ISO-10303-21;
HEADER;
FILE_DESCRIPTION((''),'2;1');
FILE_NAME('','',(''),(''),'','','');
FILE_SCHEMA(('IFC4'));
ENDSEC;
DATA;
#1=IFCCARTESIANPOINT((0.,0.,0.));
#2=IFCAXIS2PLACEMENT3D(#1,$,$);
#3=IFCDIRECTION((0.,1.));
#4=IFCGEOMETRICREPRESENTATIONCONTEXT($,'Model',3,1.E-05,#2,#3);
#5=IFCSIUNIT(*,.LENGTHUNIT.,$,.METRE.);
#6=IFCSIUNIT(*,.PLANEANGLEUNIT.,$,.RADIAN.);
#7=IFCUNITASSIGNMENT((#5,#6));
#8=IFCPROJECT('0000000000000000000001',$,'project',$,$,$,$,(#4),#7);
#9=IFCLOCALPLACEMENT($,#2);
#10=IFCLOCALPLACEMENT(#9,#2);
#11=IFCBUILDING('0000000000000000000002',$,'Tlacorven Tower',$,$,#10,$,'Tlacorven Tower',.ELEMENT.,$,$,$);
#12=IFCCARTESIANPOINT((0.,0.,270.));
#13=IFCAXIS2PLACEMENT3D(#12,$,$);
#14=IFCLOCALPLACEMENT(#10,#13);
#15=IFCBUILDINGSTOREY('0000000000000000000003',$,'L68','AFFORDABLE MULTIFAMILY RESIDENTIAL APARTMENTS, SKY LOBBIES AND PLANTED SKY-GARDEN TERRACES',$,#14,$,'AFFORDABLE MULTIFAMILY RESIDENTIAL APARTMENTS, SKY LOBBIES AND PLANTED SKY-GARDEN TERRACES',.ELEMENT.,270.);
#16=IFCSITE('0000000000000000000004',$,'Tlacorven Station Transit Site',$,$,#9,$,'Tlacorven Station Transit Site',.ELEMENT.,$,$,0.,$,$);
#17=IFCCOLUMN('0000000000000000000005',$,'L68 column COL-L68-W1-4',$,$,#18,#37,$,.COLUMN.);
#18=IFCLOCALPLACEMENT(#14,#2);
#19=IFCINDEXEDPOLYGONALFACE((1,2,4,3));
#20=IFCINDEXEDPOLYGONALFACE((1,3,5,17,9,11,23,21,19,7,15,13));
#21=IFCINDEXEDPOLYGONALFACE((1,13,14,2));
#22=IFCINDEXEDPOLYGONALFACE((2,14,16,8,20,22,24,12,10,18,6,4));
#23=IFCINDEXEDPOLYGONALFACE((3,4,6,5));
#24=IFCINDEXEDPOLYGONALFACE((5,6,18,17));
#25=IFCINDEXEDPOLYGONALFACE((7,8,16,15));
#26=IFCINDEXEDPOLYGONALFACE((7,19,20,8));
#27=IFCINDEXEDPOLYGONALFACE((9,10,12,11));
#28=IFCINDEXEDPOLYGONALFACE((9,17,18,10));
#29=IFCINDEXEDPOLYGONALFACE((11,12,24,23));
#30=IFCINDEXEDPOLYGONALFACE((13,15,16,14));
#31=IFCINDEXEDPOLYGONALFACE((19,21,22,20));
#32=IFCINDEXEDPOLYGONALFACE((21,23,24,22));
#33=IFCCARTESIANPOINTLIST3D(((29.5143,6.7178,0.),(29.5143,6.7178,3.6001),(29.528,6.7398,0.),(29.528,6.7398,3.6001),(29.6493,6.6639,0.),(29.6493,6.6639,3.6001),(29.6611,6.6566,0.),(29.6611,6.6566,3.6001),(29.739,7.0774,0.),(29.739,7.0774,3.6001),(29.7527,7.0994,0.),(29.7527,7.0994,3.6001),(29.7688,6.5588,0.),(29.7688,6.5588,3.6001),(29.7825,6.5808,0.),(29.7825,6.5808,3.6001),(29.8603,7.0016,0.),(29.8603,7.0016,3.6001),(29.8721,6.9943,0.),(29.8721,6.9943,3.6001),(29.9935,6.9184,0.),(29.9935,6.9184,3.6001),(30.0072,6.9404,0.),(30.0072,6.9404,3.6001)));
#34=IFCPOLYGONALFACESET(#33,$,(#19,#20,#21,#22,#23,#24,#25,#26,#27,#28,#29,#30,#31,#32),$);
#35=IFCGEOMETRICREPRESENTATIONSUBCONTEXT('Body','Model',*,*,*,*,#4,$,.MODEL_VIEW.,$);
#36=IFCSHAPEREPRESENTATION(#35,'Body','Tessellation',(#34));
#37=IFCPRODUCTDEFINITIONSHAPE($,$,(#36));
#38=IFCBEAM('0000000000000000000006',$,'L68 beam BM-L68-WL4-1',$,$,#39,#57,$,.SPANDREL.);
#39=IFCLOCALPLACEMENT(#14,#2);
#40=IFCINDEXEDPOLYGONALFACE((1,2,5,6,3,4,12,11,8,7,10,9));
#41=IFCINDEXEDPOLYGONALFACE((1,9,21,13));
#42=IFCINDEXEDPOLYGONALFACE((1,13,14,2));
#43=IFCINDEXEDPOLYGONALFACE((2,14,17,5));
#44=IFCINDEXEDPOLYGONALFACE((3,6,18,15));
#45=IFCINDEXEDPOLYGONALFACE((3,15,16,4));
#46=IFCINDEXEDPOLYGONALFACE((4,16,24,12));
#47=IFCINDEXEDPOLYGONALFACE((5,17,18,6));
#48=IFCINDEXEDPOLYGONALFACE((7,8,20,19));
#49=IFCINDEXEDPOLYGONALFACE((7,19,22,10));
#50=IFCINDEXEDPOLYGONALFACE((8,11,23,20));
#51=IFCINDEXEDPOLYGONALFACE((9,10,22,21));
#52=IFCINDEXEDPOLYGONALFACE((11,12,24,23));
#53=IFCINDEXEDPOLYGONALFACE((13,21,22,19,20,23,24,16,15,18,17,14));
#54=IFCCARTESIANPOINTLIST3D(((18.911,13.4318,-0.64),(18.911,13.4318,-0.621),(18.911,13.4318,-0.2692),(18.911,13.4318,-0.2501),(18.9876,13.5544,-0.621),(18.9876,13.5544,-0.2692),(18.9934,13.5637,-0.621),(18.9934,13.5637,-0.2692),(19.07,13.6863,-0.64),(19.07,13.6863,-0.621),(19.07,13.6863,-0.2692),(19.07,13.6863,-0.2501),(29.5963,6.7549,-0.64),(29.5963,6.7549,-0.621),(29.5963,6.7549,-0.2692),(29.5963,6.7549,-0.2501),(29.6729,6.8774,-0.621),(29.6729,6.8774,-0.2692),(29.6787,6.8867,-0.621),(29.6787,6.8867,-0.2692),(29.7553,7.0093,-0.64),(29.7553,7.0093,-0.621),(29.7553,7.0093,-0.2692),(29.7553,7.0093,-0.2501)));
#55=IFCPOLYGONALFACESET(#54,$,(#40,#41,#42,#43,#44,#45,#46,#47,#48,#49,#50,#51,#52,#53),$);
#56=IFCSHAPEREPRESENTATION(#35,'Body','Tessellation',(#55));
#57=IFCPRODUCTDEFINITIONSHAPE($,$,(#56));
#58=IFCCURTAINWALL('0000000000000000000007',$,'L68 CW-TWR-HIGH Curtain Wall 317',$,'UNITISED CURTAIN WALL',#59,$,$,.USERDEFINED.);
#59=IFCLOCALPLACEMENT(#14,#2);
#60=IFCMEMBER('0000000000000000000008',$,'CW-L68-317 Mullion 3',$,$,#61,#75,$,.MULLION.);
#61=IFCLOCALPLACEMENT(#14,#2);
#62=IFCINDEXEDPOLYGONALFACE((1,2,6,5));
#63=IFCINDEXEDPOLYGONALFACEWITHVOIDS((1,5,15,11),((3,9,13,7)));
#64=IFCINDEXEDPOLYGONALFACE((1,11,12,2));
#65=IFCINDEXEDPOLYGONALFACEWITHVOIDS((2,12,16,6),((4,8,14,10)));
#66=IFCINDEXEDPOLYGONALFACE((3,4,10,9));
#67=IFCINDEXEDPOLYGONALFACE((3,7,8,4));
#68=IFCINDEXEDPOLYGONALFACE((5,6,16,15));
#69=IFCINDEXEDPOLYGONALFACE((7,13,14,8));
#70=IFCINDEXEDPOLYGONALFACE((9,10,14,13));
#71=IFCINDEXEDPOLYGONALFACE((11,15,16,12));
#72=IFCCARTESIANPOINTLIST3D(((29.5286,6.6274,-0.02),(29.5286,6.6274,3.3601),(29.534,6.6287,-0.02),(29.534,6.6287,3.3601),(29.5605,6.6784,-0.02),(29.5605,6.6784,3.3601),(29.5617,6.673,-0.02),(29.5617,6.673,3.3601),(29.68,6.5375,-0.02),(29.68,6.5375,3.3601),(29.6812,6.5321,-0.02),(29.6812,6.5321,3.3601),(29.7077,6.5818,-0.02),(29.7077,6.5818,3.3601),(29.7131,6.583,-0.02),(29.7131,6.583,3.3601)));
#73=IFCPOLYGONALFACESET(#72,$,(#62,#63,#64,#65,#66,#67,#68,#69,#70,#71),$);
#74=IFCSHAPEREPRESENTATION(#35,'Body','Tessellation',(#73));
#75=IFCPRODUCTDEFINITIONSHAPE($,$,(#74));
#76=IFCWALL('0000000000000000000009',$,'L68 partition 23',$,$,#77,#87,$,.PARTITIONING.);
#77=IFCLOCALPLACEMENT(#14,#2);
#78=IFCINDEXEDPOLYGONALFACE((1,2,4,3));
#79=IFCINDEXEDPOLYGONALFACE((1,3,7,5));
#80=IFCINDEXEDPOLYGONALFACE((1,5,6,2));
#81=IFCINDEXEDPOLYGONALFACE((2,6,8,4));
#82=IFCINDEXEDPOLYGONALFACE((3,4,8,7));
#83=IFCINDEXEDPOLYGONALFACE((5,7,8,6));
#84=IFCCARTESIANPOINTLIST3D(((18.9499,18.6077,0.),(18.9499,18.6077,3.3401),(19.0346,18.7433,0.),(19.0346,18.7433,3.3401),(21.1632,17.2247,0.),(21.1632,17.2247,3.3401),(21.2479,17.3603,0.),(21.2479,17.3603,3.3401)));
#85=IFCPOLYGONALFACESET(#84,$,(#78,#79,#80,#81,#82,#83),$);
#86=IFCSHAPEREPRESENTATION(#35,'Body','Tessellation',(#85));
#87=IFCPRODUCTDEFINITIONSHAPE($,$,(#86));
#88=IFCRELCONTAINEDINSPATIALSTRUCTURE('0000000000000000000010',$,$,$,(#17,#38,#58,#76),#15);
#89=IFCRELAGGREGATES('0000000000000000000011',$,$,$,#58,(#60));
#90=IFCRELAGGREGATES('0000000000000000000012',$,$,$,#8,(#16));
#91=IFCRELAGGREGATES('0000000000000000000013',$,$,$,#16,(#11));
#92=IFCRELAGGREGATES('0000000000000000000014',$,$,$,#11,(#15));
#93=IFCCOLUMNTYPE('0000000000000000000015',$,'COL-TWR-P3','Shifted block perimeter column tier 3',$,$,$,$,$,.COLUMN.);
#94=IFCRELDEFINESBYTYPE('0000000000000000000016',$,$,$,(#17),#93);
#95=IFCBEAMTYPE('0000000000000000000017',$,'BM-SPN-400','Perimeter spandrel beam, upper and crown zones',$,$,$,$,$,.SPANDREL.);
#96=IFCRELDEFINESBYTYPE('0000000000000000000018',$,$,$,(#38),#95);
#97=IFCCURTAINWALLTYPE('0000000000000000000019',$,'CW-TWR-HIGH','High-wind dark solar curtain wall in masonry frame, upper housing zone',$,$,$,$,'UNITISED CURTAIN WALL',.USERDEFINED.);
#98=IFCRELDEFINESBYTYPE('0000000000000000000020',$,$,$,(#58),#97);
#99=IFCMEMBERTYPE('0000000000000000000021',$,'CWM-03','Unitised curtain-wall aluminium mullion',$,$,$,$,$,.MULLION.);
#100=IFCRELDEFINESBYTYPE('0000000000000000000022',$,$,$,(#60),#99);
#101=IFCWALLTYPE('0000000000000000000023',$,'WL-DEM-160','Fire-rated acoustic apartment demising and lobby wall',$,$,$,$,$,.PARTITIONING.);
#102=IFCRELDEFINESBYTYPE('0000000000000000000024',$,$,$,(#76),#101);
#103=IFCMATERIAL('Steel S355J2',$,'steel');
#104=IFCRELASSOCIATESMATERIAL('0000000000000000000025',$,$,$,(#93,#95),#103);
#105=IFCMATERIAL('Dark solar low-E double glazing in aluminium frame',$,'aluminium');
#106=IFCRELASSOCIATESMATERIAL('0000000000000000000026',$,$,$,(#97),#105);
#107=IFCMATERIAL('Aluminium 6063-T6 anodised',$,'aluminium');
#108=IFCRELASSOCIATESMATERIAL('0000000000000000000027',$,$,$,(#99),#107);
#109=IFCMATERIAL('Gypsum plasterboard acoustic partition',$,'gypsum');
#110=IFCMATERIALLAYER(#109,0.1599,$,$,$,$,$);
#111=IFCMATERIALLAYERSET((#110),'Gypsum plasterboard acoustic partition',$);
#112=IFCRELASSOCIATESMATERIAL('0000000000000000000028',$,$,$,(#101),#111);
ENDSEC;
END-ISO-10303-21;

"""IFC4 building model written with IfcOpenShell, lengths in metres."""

from ifc_helpers import new_model, si_unit, direction, frame, frame_2d, origin, origin_2d, place, context, subcontext, project, spatial, rectangle, hollow_rectangle, i_section, extrude, source, transform, mapped, material, layer, layer_set, material_profile, profile_set, type_object, element, aggregate, save


model = new_model("IFC4")

# Units and contexts
model_context = context("Model", 3, precision=1e-05, world=origin(), true_north=direction((0.0, 1.0)))
body_context = subcontext(model_context, "Body", "Model", "MODEL_VIEW")
ifc_project = project(units=[si_unit("LENGTHUNIT", "METRE"), si_unit("PLANEANGLEUNIT", "RADIAN")], contexts=[model_context])

# Site, building, storey
site_placement = place(None, origin())
site = spatial("IfcSite", under=ifc_project, at=site_placement, Name="Tlacorven Station Transit Site", LongName="Tlacorven Station Transit Site", CompositionType="ELEMENT", RefElevation=0.0)
building_placement = place(site_placement, origin())
building = spatial("IfcBuilding", under=site, at=building_placement, Name="Tlacorven Tower", LongName="Tlacorven Tower", CompositionType="ELEMENT")
storey_placement = place(building_placement, frame((0.0, 0.0, 270.0)))
storey = spatial("IfcBuildingStorey", under=building, at=storey_placement, Name="L68", Description="AFFORDABLE MULTIFAMILY RESIDENTIAL APARTMENTS, SKY LOBBIES AND PLANTED SKY-GARDEN TERRACES", LongName="AFFORDABLE MULTIFAMILY RESIDENTIAL APARTMENTS, SKY LOBBIES AND PLANTED SKY-GARDEN TERRACES", CompositionType="ELEMENT", Elevation=270.0)

# Column
ifc_material_1 = material(Name="Steel S355J2", Category="steel")
ifc_material_profile_1 = material_profile(ifc_material_1, i_section(OverallWidth=0.3, OverallDepth=0.45, WebThickness=0.0139, FlangeThickness=0.0259, at=origin_2d()), Name="HEB 450")
ifc_profile_set_1 = profile_set([ifc_material_profile_1], Name="Steel S355J2")
column_type = type_object("IfcColumnType", Name="COL-TWR-P3", Description="Shifted block perimeter column tier 3", PredefinedType="COLUMN", material=ifc_profile_set_1)
shared_shape_1 = source(origin(), body_context, "Body", "SweptSolid", [
    extrude(i_section(OverallWidth=0.3, OverallDepth=0.45, WebThickness=0.0139, FlangeThickness=0.0259, at=origin_2d()), origin(), (0.0, 0.0, 1.0), 3.6001),
])
column_placement = place(storey_placement, frame((29.7607, 6.8291, 0.0), z_axis=(0.0, 0.0, 1.0), x_axis=(-0.848048, 0.529919, 0.0)))
element("IfcColumn", 1, at=column_placement, inside=storey, type_object=column_type, Name="L68 column COL-L68-W1-4", PredefinedType="COLUMN", context=body_context, shape_type="MappedRepresentation", body=[
    mapped(shared_shape_1, transform((0.0, 0.0, 0.0), scale=1.0)),
])

# Beam
ifc_material_profile_2 = material_profile(ifc_material_1, i_section(OverallWidth=0.3, OverallDepth=0.3899, WebThickness=0.011, FlangeThickness=0.019, at=origin_2d()), Name="HEA 400")
ifc_profile_set_2 = profile_set([ifc_material_profile_2], Name="Steel S355J2")
beam_type = type_object("IfcBeamType", Name="BM-SPN-400", Description="Perimeter spandrel beam, upper and crown zones", PredefinedType="SPANDREL", material=ifc_profile_set_2)
shared_shape_2 = source(origin(), body_context, "Body", "SweptSolid", [
    extrude(i_section(OverallWidth=0.3, OverallDepth=0.3899, WebThickness=0.011, FlangeThickness=0.019, at=origin_2d()), origin(), (0.0, 0.0, 1.0), 12.5999),
])
beam_placement = place(storey_placement, frame((29.6758, 6.8821, -0.4451), z_axis=(-0.848045, 0.529924, 0.0), x_axis=(-0.529924, -0.848045, 0.0)))
element("IfcBeam", 2, at=beam_placement, inside=storey, type_object=beam_type, Name="L68 beam BM-L68-WL4-1", PredefinedType="SPANDREL", context=body_context, shape_type="MappedRepresentation", body=[
    mapped(shared_shape_2, transform((0.0, 0.0, 0.0), scale=1.0)),
])

# Curtain wall, member
ifc_material_2 = material(Name="Dark solar low-E double glazing in aluminium frame", Category="aluminium")
curtain_wall_type = type_object("IfcCurtainWallType", Name="CW-TWR-HIGH", Description="High-wind dark solar curtain wall in masonry frame, upper housing zone", ElementType="UNITISED CURTAIN WALL", PredefinedType="USERDEFINED", material=ifc_material_2)
curtain_wall_placement = place(storey_placement, origin())
curtain_wall = element("IfcCurtainWall", 3, at=curtain_wall_placement, inside=storey, type_object=curtain_wall_type, Name="L68 CW-TWR-HIGH Curtain Wall 317", ObjectType="UNITISED CURTAIN WALL", PredefinedType="USERDEFINED")
ifc_material_3 = material(Name="Aluminium 6063-T6 anodised", Category="aluminium")
ifc_material_profile_3 = material_profile(ifc_material_3, hollow_rectangle(XDim=0.0601, YDim=0.1799, WallThickness=0.0039, at=origin_2d()), Name="ALU MULLION 60X180")
ifc_profile_set_3 = profile_set([ifc_material_profile_3], Name="Aluminium 6063-T6 anodised")
member_type = type_object("IfcMemberType", Name="CWM-03", Description="Unitised curtain-wall aluminium mullion", PredefinedType="MULLION", material=ifc_profile_set_3)
shared_shape_3 = source(origin(), body_context, "Body", "SweptSolid", [
    extrude(hollow_rectangle(XDim=0.0601, YDim=0.1799, WallThickness=0.0039, at=origin_2d()), origin(), (0.0, 0.0, 1.0), 3.3801),
])
member_placement = place(storey_placement, frame((29.6208, 6.6052, -0.02), z_axis=(0.0, 0.0, 1.0), x_axis=(-0.529919, -0.848048, 0.0)))
member = element("IfcMember", 4, at=member_placement, type_object=member_type, Name="CW-L68-317 Mullion 3", PredefinedType="MULLION", context=body_context, shape_type="MappedRepresentation", body=[
    mapped(shared_shape_3, transform((0.0, 0.0, 0.0), scale=1.0)),
])
aggregate(curtain_wall, [member])

# Wall
ifc_material_4 = material(Name="Gypsum plasterboard acoustic partition", Category="gypsum")
ifc_layer_1 = layer(ifc_material_4, 0.1599)
ifc_layer_set_1 = layer_set([ifc_layer_1], Name="Gypsum plasterboard acoustic partition")
wall_type_1 = type_object("IfcWallType", Name="WL-DEM-160", Description="Fire-rated acoustic apartment demising and lobby wall", PredefinedType="PARTITIONING", material=ifc_layer_set_1)
wall_1_placement = place(storey_placement, frame((21.2056, 17.2925, 0.0), z_axis=(0.0, 0.0, 1.0), x_axis=(-0.848051, 0.529915, 0.0)))
element("IfcWall", 5, at=wall_1_placement, inside=storey, type_object=wall_type_1, Name="L68 partition 23", PredefinedType="PARTITIONING", context=body_context, shape_type="SweptSolid", body=[
    extrude(rectangle(XDim=2.6099, YDim=0.1599, at=frame_2d((1.3049, 0.0))), origin(), (0.0, 0.0, 1.0), 3.3401),
])

save(model, "model.ifc")
